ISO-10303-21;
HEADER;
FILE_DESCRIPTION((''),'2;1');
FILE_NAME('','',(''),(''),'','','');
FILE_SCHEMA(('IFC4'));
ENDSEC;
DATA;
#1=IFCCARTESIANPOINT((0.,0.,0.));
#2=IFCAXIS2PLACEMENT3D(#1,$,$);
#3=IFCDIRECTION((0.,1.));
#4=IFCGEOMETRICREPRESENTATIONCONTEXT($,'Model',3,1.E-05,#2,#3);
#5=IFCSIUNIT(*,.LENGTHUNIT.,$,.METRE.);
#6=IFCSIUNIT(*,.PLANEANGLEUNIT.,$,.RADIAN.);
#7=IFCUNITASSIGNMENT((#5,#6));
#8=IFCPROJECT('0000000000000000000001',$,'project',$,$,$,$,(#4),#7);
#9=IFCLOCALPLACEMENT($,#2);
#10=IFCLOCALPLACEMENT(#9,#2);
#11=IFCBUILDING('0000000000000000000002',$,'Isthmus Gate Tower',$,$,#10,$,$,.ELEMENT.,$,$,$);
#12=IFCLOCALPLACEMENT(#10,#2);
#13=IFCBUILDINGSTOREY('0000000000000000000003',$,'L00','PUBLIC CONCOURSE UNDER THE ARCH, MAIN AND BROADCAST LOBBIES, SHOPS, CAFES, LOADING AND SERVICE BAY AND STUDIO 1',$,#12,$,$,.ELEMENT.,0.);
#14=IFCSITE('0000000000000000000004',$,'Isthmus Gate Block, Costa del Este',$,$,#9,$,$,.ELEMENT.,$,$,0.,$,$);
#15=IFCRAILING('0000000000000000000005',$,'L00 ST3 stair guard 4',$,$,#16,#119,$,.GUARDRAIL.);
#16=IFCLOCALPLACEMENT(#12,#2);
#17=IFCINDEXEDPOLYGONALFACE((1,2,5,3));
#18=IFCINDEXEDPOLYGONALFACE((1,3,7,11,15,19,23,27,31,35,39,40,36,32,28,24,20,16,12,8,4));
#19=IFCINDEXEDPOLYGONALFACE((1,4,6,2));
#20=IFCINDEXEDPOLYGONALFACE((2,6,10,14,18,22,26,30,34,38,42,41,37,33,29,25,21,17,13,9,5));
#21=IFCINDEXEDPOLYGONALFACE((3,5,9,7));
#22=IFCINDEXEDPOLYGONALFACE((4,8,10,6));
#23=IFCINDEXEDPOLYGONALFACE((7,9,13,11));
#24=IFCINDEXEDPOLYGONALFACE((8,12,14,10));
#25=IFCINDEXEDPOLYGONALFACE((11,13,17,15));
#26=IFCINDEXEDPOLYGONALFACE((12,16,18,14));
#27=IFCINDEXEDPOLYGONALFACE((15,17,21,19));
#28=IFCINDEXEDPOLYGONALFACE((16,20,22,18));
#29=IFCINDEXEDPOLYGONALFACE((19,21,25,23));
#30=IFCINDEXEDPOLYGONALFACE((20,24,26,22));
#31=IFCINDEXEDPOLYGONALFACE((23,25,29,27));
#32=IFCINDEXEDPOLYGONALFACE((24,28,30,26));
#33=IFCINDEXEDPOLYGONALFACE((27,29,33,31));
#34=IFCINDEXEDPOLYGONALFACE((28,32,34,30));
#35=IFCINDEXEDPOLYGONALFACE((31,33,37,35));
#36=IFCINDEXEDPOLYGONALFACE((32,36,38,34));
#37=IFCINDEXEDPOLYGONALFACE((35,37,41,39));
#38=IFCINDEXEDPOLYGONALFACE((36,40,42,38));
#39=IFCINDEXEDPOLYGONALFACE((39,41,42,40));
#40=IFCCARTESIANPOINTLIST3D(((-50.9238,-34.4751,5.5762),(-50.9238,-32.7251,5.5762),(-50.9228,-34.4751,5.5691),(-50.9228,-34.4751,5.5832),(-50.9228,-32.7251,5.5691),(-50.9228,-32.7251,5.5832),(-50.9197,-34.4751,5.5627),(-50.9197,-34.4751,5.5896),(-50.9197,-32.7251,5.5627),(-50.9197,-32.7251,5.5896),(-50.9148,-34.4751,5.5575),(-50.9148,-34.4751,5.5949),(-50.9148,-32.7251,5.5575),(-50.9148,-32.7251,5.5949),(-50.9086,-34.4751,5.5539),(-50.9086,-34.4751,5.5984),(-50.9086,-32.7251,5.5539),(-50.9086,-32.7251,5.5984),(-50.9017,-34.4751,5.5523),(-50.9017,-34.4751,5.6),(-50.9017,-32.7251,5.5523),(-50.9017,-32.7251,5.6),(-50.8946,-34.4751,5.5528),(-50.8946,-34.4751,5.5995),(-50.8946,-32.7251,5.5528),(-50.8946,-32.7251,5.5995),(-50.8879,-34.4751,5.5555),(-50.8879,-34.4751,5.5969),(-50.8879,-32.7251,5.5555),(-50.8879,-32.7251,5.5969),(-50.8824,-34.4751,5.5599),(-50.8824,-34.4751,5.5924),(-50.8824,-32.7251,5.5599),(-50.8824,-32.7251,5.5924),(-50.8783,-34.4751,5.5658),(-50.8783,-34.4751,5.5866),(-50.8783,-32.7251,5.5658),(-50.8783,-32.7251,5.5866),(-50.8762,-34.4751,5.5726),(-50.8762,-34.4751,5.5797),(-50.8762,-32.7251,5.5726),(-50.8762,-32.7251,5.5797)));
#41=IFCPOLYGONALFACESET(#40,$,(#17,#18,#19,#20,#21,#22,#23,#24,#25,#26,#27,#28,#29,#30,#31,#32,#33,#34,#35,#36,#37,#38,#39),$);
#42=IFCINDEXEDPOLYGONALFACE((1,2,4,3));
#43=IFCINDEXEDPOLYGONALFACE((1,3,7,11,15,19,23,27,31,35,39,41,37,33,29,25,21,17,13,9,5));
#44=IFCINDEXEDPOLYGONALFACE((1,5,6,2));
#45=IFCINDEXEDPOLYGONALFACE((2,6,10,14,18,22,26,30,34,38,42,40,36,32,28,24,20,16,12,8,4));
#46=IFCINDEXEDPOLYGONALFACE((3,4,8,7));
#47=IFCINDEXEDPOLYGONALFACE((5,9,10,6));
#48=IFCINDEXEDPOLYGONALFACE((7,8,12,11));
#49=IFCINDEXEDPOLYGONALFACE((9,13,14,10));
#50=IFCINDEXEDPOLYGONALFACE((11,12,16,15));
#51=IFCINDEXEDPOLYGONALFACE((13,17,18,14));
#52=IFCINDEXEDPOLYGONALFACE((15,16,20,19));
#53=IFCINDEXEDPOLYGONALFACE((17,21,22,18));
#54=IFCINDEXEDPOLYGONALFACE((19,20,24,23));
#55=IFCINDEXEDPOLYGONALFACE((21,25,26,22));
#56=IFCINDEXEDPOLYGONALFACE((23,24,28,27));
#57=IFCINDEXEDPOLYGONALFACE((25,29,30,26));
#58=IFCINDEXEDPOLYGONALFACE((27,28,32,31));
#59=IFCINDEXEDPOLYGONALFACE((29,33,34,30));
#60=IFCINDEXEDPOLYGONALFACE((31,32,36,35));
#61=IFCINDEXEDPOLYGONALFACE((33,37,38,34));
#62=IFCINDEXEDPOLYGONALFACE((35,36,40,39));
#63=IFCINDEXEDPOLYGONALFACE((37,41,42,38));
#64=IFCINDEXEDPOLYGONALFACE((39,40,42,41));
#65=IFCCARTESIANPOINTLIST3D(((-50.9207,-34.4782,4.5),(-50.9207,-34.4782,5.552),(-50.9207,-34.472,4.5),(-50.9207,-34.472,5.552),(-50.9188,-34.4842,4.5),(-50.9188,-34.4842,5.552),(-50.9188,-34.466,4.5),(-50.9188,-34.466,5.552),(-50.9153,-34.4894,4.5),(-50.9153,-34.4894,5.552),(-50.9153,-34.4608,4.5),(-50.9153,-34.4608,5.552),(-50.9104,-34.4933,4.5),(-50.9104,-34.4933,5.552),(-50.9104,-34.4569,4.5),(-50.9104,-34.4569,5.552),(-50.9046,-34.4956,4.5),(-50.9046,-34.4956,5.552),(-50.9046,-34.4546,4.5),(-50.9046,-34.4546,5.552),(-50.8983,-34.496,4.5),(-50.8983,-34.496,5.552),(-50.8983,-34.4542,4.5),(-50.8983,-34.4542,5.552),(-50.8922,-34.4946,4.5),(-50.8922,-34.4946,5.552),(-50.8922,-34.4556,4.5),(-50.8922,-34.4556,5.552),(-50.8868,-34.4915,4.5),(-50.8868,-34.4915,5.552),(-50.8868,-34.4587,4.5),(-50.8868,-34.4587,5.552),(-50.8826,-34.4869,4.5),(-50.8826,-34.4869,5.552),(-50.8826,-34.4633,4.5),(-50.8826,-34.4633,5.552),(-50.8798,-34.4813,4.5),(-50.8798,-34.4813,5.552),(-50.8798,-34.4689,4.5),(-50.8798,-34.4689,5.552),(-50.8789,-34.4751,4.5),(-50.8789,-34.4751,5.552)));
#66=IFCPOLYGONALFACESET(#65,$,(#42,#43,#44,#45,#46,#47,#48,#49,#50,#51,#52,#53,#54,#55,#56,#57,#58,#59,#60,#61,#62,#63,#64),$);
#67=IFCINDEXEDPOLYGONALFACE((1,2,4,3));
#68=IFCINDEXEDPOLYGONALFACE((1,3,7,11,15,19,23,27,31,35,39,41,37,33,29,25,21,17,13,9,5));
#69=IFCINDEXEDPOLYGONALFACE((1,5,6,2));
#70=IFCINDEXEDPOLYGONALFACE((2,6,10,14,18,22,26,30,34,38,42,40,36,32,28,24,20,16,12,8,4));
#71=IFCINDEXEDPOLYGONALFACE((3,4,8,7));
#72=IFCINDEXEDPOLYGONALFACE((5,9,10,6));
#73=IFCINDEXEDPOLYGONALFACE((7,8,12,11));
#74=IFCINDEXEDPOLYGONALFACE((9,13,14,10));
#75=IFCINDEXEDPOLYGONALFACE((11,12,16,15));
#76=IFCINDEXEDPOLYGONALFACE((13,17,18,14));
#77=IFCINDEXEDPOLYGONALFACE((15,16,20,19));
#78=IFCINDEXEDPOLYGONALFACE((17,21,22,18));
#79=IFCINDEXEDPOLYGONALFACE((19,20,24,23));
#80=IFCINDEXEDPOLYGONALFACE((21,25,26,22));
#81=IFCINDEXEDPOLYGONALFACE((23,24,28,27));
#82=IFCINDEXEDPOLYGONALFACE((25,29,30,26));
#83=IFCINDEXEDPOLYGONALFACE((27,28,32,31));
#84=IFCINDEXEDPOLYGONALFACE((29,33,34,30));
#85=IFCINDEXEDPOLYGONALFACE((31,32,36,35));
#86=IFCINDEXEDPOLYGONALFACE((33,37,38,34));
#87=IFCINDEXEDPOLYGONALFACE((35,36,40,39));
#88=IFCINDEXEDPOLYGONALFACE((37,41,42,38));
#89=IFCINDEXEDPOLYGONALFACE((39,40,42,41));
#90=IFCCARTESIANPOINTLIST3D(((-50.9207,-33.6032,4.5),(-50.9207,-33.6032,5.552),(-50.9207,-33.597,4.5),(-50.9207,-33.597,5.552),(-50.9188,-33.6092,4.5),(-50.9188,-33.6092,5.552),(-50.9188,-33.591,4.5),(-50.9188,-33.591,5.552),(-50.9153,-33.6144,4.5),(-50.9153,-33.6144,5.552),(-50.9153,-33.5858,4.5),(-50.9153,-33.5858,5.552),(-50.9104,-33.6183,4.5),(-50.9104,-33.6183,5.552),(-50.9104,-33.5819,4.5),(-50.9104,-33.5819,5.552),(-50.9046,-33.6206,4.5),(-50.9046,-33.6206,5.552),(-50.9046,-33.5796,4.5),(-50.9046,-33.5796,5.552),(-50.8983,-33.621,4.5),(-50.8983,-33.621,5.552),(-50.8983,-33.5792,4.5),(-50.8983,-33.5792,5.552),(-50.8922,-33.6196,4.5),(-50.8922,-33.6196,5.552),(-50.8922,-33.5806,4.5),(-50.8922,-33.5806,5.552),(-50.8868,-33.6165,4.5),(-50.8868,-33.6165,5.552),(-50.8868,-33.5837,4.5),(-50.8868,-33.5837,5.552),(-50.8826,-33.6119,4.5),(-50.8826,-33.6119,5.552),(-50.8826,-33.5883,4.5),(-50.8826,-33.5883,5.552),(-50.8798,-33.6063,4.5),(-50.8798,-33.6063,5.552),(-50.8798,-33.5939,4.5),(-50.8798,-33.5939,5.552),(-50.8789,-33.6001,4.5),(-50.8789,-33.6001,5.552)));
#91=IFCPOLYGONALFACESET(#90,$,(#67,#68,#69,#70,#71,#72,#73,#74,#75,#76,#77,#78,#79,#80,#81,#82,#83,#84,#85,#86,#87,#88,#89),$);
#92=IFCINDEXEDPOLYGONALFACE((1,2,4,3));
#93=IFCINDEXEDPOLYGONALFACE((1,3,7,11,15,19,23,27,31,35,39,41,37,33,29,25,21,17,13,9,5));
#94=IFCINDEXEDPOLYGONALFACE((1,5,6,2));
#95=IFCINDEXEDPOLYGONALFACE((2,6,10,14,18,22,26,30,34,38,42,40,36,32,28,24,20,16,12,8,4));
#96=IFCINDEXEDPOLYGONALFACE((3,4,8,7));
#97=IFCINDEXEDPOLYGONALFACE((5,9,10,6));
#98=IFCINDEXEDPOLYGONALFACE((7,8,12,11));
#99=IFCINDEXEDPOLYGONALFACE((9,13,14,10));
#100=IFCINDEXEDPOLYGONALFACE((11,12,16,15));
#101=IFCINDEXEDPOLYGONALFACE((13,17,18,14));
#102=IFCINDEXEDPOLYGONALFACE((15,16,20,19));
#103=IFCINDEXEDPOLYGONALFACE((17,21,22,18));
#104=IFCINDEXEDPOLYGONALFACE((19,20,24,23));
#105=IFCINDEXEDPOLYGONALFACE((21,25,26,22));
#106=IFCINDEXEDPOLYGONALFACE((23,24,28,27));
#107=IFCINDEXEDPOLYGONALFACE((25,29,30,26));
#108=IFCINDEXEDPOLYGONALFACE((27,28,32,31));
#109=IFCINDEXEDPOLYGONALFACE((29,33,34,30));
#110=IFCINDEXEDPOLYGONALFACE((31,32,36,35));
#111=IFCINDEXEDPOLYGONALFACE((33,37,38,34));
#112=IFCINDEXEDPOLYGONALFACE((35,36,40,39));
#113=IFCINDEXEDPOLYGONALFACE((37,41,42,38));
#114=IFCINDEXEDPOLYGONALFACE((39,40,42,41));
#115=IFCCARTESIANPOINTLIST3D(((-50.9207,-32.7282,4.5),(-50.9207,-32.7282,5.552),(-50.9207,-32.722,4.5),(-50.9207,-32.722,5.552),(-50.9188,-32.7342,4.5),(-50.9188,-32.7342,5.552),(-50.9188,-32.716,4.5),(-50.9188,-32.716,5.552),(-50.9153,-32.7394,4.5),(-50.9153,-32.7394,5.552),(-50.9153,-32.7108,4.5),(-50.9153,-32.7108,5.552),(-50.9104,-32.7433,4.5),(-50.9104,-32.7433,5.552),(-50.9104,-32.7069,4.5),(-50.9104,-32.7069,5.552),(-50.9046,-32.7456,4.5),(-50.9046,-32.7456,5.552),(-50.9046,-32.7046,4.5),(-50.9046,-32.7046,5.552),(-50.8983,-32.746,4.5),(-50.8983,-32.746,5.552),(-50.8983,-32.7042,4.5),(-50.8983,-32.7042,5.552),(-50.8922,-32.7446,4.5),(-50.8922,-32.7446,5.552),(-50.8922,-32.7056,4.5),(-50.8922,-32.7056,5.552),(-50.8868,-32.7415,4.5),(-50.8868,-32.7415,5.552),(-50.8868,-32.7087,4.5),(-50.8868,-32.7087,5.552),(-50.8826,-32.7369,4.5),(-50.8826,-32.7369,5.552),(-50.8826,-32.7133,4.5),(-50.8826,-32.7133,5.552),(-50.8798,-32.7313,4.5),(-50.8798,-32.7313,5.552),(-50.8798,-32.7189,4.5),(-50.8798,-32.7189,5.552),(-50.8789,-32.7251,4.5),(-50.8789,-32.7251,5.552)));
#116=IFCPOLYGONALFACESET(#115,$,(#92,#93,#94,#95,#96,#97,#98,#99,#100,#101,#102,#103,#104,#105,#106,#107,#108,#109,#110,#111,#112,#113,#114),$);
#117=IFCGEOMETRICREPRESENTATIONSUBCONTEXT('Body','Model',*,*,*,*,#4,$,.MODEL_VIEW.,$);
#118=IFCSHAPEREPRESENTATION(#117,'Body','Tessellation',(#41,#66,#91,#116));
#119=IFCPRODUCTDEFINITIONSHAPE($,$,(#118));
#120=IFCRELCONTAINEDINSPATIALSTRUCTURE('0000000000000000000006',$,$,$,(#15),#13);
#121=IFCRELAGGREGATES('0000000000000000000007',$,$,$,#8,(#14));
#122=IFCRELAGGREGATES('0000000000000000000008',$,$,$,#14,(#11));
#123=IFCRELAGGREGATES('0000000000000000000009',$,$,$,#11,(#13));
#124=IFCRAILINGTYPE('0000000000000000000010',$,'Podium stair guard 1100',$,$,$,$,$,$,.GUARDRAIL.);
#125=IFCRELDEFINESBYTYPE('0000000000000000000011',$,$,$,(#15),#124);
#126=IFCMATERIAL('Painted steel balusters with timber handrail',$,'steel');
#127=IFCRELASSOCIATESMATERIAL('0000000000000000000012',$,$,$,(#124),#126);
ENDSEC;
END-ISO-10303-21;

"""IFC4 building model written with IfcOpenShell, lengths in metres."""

from ifc_helpers import new_model, si_unit, direction, frame, origin, origin_2d, place, context, subcontext, project, spatial, circle, extrude, material, type_object, element, save


model = new_model("IFC4")

# Units and contexts
model_context = context("Model", 3, precision=1e-05, world=origin(), true_north=direction((0.0, 1.0)))
body_context = subcontext(model_context, "Body", "Model", "MODEL_VIEW")
ifc_project = project(units=[si_unit("LENGTHUNIT", "METRE"), si_unit("PLANEANGLEUNIT", "RADIAN")], contexts=[model_context])

# Site, building, storey
site_placement = place(None, origin())
site = spatial("IfcSite", under=ifc_project, at=site_placement, Name="Isthmus Gate Block, Costa del Este", CompositionType="ELEMENT", RefElevation=0.0)
building_placement = place(site_placement, origin())
building = spatial("IfcBuilding", under=site, at=building_placement, Name="Isthmus Gate Tower", CompositionType="ELEMENT")
storey_placement = place(building_placement, origin())
storey = spatial("IfcBuildingStorey", under=building, at=storey_placement, Name="L00", Description="PUBLIC CONCOURSE UNDER THE ARCH, MAIN AND BROADCAST LOBBIES, SHOPS, CAFES, LOADING AND SERVICE BAY AND STUDIO 1", CompositionType="ELEMENT", Elevation=0.0)

# Railing
ifc_material_1 = material(Name="Painted steel balusters with timber handrail", Category="steel")
railing_type_1 = type_object("IfcRailingType", Name="Podium stair guard 1100", PredefinedType="GUARDRAIL", material=ifc_material_1)
railing_1_placement = place(storey_placement, frame((-50.8999, -34.4751, 4.5)))
element("IfcRailing", 1, at=railing_1_placement, inside=storey, type_object=railing_type_1, Name="L00 ST3 stair guard 4", PredefinedType="GUARDRAIL", context=body_context, shape_type="SweptSolid", body=[
    extrude(circle(Radius=0.0239, at=origin_2d()), frame((0.0, 0.0, 1.0762), z_axis=(0.0, 1.0, 0.0), x_axis=(-1.0, 0.0, 0.0)), (0.0, 0.0, 1.0), 1.75),
    extrude(circle(Radius=0.021, at=origin_2d()), origin(), (0.0, 0.0, 1.0), 1.052),
    extrude(circle(Radius=0.021, at=origin_2d()), frame((0.0, 0.875, 0.0)), (0.0, 0.0, 1.0), 1.052),
    extrude(circle(Radius=0.021, at=origin_2d()), frame((0.0, 1.75, 0.0)), (0.0, 0.0, 1.0), 1.052),
])

save(model, "model.ifc")
